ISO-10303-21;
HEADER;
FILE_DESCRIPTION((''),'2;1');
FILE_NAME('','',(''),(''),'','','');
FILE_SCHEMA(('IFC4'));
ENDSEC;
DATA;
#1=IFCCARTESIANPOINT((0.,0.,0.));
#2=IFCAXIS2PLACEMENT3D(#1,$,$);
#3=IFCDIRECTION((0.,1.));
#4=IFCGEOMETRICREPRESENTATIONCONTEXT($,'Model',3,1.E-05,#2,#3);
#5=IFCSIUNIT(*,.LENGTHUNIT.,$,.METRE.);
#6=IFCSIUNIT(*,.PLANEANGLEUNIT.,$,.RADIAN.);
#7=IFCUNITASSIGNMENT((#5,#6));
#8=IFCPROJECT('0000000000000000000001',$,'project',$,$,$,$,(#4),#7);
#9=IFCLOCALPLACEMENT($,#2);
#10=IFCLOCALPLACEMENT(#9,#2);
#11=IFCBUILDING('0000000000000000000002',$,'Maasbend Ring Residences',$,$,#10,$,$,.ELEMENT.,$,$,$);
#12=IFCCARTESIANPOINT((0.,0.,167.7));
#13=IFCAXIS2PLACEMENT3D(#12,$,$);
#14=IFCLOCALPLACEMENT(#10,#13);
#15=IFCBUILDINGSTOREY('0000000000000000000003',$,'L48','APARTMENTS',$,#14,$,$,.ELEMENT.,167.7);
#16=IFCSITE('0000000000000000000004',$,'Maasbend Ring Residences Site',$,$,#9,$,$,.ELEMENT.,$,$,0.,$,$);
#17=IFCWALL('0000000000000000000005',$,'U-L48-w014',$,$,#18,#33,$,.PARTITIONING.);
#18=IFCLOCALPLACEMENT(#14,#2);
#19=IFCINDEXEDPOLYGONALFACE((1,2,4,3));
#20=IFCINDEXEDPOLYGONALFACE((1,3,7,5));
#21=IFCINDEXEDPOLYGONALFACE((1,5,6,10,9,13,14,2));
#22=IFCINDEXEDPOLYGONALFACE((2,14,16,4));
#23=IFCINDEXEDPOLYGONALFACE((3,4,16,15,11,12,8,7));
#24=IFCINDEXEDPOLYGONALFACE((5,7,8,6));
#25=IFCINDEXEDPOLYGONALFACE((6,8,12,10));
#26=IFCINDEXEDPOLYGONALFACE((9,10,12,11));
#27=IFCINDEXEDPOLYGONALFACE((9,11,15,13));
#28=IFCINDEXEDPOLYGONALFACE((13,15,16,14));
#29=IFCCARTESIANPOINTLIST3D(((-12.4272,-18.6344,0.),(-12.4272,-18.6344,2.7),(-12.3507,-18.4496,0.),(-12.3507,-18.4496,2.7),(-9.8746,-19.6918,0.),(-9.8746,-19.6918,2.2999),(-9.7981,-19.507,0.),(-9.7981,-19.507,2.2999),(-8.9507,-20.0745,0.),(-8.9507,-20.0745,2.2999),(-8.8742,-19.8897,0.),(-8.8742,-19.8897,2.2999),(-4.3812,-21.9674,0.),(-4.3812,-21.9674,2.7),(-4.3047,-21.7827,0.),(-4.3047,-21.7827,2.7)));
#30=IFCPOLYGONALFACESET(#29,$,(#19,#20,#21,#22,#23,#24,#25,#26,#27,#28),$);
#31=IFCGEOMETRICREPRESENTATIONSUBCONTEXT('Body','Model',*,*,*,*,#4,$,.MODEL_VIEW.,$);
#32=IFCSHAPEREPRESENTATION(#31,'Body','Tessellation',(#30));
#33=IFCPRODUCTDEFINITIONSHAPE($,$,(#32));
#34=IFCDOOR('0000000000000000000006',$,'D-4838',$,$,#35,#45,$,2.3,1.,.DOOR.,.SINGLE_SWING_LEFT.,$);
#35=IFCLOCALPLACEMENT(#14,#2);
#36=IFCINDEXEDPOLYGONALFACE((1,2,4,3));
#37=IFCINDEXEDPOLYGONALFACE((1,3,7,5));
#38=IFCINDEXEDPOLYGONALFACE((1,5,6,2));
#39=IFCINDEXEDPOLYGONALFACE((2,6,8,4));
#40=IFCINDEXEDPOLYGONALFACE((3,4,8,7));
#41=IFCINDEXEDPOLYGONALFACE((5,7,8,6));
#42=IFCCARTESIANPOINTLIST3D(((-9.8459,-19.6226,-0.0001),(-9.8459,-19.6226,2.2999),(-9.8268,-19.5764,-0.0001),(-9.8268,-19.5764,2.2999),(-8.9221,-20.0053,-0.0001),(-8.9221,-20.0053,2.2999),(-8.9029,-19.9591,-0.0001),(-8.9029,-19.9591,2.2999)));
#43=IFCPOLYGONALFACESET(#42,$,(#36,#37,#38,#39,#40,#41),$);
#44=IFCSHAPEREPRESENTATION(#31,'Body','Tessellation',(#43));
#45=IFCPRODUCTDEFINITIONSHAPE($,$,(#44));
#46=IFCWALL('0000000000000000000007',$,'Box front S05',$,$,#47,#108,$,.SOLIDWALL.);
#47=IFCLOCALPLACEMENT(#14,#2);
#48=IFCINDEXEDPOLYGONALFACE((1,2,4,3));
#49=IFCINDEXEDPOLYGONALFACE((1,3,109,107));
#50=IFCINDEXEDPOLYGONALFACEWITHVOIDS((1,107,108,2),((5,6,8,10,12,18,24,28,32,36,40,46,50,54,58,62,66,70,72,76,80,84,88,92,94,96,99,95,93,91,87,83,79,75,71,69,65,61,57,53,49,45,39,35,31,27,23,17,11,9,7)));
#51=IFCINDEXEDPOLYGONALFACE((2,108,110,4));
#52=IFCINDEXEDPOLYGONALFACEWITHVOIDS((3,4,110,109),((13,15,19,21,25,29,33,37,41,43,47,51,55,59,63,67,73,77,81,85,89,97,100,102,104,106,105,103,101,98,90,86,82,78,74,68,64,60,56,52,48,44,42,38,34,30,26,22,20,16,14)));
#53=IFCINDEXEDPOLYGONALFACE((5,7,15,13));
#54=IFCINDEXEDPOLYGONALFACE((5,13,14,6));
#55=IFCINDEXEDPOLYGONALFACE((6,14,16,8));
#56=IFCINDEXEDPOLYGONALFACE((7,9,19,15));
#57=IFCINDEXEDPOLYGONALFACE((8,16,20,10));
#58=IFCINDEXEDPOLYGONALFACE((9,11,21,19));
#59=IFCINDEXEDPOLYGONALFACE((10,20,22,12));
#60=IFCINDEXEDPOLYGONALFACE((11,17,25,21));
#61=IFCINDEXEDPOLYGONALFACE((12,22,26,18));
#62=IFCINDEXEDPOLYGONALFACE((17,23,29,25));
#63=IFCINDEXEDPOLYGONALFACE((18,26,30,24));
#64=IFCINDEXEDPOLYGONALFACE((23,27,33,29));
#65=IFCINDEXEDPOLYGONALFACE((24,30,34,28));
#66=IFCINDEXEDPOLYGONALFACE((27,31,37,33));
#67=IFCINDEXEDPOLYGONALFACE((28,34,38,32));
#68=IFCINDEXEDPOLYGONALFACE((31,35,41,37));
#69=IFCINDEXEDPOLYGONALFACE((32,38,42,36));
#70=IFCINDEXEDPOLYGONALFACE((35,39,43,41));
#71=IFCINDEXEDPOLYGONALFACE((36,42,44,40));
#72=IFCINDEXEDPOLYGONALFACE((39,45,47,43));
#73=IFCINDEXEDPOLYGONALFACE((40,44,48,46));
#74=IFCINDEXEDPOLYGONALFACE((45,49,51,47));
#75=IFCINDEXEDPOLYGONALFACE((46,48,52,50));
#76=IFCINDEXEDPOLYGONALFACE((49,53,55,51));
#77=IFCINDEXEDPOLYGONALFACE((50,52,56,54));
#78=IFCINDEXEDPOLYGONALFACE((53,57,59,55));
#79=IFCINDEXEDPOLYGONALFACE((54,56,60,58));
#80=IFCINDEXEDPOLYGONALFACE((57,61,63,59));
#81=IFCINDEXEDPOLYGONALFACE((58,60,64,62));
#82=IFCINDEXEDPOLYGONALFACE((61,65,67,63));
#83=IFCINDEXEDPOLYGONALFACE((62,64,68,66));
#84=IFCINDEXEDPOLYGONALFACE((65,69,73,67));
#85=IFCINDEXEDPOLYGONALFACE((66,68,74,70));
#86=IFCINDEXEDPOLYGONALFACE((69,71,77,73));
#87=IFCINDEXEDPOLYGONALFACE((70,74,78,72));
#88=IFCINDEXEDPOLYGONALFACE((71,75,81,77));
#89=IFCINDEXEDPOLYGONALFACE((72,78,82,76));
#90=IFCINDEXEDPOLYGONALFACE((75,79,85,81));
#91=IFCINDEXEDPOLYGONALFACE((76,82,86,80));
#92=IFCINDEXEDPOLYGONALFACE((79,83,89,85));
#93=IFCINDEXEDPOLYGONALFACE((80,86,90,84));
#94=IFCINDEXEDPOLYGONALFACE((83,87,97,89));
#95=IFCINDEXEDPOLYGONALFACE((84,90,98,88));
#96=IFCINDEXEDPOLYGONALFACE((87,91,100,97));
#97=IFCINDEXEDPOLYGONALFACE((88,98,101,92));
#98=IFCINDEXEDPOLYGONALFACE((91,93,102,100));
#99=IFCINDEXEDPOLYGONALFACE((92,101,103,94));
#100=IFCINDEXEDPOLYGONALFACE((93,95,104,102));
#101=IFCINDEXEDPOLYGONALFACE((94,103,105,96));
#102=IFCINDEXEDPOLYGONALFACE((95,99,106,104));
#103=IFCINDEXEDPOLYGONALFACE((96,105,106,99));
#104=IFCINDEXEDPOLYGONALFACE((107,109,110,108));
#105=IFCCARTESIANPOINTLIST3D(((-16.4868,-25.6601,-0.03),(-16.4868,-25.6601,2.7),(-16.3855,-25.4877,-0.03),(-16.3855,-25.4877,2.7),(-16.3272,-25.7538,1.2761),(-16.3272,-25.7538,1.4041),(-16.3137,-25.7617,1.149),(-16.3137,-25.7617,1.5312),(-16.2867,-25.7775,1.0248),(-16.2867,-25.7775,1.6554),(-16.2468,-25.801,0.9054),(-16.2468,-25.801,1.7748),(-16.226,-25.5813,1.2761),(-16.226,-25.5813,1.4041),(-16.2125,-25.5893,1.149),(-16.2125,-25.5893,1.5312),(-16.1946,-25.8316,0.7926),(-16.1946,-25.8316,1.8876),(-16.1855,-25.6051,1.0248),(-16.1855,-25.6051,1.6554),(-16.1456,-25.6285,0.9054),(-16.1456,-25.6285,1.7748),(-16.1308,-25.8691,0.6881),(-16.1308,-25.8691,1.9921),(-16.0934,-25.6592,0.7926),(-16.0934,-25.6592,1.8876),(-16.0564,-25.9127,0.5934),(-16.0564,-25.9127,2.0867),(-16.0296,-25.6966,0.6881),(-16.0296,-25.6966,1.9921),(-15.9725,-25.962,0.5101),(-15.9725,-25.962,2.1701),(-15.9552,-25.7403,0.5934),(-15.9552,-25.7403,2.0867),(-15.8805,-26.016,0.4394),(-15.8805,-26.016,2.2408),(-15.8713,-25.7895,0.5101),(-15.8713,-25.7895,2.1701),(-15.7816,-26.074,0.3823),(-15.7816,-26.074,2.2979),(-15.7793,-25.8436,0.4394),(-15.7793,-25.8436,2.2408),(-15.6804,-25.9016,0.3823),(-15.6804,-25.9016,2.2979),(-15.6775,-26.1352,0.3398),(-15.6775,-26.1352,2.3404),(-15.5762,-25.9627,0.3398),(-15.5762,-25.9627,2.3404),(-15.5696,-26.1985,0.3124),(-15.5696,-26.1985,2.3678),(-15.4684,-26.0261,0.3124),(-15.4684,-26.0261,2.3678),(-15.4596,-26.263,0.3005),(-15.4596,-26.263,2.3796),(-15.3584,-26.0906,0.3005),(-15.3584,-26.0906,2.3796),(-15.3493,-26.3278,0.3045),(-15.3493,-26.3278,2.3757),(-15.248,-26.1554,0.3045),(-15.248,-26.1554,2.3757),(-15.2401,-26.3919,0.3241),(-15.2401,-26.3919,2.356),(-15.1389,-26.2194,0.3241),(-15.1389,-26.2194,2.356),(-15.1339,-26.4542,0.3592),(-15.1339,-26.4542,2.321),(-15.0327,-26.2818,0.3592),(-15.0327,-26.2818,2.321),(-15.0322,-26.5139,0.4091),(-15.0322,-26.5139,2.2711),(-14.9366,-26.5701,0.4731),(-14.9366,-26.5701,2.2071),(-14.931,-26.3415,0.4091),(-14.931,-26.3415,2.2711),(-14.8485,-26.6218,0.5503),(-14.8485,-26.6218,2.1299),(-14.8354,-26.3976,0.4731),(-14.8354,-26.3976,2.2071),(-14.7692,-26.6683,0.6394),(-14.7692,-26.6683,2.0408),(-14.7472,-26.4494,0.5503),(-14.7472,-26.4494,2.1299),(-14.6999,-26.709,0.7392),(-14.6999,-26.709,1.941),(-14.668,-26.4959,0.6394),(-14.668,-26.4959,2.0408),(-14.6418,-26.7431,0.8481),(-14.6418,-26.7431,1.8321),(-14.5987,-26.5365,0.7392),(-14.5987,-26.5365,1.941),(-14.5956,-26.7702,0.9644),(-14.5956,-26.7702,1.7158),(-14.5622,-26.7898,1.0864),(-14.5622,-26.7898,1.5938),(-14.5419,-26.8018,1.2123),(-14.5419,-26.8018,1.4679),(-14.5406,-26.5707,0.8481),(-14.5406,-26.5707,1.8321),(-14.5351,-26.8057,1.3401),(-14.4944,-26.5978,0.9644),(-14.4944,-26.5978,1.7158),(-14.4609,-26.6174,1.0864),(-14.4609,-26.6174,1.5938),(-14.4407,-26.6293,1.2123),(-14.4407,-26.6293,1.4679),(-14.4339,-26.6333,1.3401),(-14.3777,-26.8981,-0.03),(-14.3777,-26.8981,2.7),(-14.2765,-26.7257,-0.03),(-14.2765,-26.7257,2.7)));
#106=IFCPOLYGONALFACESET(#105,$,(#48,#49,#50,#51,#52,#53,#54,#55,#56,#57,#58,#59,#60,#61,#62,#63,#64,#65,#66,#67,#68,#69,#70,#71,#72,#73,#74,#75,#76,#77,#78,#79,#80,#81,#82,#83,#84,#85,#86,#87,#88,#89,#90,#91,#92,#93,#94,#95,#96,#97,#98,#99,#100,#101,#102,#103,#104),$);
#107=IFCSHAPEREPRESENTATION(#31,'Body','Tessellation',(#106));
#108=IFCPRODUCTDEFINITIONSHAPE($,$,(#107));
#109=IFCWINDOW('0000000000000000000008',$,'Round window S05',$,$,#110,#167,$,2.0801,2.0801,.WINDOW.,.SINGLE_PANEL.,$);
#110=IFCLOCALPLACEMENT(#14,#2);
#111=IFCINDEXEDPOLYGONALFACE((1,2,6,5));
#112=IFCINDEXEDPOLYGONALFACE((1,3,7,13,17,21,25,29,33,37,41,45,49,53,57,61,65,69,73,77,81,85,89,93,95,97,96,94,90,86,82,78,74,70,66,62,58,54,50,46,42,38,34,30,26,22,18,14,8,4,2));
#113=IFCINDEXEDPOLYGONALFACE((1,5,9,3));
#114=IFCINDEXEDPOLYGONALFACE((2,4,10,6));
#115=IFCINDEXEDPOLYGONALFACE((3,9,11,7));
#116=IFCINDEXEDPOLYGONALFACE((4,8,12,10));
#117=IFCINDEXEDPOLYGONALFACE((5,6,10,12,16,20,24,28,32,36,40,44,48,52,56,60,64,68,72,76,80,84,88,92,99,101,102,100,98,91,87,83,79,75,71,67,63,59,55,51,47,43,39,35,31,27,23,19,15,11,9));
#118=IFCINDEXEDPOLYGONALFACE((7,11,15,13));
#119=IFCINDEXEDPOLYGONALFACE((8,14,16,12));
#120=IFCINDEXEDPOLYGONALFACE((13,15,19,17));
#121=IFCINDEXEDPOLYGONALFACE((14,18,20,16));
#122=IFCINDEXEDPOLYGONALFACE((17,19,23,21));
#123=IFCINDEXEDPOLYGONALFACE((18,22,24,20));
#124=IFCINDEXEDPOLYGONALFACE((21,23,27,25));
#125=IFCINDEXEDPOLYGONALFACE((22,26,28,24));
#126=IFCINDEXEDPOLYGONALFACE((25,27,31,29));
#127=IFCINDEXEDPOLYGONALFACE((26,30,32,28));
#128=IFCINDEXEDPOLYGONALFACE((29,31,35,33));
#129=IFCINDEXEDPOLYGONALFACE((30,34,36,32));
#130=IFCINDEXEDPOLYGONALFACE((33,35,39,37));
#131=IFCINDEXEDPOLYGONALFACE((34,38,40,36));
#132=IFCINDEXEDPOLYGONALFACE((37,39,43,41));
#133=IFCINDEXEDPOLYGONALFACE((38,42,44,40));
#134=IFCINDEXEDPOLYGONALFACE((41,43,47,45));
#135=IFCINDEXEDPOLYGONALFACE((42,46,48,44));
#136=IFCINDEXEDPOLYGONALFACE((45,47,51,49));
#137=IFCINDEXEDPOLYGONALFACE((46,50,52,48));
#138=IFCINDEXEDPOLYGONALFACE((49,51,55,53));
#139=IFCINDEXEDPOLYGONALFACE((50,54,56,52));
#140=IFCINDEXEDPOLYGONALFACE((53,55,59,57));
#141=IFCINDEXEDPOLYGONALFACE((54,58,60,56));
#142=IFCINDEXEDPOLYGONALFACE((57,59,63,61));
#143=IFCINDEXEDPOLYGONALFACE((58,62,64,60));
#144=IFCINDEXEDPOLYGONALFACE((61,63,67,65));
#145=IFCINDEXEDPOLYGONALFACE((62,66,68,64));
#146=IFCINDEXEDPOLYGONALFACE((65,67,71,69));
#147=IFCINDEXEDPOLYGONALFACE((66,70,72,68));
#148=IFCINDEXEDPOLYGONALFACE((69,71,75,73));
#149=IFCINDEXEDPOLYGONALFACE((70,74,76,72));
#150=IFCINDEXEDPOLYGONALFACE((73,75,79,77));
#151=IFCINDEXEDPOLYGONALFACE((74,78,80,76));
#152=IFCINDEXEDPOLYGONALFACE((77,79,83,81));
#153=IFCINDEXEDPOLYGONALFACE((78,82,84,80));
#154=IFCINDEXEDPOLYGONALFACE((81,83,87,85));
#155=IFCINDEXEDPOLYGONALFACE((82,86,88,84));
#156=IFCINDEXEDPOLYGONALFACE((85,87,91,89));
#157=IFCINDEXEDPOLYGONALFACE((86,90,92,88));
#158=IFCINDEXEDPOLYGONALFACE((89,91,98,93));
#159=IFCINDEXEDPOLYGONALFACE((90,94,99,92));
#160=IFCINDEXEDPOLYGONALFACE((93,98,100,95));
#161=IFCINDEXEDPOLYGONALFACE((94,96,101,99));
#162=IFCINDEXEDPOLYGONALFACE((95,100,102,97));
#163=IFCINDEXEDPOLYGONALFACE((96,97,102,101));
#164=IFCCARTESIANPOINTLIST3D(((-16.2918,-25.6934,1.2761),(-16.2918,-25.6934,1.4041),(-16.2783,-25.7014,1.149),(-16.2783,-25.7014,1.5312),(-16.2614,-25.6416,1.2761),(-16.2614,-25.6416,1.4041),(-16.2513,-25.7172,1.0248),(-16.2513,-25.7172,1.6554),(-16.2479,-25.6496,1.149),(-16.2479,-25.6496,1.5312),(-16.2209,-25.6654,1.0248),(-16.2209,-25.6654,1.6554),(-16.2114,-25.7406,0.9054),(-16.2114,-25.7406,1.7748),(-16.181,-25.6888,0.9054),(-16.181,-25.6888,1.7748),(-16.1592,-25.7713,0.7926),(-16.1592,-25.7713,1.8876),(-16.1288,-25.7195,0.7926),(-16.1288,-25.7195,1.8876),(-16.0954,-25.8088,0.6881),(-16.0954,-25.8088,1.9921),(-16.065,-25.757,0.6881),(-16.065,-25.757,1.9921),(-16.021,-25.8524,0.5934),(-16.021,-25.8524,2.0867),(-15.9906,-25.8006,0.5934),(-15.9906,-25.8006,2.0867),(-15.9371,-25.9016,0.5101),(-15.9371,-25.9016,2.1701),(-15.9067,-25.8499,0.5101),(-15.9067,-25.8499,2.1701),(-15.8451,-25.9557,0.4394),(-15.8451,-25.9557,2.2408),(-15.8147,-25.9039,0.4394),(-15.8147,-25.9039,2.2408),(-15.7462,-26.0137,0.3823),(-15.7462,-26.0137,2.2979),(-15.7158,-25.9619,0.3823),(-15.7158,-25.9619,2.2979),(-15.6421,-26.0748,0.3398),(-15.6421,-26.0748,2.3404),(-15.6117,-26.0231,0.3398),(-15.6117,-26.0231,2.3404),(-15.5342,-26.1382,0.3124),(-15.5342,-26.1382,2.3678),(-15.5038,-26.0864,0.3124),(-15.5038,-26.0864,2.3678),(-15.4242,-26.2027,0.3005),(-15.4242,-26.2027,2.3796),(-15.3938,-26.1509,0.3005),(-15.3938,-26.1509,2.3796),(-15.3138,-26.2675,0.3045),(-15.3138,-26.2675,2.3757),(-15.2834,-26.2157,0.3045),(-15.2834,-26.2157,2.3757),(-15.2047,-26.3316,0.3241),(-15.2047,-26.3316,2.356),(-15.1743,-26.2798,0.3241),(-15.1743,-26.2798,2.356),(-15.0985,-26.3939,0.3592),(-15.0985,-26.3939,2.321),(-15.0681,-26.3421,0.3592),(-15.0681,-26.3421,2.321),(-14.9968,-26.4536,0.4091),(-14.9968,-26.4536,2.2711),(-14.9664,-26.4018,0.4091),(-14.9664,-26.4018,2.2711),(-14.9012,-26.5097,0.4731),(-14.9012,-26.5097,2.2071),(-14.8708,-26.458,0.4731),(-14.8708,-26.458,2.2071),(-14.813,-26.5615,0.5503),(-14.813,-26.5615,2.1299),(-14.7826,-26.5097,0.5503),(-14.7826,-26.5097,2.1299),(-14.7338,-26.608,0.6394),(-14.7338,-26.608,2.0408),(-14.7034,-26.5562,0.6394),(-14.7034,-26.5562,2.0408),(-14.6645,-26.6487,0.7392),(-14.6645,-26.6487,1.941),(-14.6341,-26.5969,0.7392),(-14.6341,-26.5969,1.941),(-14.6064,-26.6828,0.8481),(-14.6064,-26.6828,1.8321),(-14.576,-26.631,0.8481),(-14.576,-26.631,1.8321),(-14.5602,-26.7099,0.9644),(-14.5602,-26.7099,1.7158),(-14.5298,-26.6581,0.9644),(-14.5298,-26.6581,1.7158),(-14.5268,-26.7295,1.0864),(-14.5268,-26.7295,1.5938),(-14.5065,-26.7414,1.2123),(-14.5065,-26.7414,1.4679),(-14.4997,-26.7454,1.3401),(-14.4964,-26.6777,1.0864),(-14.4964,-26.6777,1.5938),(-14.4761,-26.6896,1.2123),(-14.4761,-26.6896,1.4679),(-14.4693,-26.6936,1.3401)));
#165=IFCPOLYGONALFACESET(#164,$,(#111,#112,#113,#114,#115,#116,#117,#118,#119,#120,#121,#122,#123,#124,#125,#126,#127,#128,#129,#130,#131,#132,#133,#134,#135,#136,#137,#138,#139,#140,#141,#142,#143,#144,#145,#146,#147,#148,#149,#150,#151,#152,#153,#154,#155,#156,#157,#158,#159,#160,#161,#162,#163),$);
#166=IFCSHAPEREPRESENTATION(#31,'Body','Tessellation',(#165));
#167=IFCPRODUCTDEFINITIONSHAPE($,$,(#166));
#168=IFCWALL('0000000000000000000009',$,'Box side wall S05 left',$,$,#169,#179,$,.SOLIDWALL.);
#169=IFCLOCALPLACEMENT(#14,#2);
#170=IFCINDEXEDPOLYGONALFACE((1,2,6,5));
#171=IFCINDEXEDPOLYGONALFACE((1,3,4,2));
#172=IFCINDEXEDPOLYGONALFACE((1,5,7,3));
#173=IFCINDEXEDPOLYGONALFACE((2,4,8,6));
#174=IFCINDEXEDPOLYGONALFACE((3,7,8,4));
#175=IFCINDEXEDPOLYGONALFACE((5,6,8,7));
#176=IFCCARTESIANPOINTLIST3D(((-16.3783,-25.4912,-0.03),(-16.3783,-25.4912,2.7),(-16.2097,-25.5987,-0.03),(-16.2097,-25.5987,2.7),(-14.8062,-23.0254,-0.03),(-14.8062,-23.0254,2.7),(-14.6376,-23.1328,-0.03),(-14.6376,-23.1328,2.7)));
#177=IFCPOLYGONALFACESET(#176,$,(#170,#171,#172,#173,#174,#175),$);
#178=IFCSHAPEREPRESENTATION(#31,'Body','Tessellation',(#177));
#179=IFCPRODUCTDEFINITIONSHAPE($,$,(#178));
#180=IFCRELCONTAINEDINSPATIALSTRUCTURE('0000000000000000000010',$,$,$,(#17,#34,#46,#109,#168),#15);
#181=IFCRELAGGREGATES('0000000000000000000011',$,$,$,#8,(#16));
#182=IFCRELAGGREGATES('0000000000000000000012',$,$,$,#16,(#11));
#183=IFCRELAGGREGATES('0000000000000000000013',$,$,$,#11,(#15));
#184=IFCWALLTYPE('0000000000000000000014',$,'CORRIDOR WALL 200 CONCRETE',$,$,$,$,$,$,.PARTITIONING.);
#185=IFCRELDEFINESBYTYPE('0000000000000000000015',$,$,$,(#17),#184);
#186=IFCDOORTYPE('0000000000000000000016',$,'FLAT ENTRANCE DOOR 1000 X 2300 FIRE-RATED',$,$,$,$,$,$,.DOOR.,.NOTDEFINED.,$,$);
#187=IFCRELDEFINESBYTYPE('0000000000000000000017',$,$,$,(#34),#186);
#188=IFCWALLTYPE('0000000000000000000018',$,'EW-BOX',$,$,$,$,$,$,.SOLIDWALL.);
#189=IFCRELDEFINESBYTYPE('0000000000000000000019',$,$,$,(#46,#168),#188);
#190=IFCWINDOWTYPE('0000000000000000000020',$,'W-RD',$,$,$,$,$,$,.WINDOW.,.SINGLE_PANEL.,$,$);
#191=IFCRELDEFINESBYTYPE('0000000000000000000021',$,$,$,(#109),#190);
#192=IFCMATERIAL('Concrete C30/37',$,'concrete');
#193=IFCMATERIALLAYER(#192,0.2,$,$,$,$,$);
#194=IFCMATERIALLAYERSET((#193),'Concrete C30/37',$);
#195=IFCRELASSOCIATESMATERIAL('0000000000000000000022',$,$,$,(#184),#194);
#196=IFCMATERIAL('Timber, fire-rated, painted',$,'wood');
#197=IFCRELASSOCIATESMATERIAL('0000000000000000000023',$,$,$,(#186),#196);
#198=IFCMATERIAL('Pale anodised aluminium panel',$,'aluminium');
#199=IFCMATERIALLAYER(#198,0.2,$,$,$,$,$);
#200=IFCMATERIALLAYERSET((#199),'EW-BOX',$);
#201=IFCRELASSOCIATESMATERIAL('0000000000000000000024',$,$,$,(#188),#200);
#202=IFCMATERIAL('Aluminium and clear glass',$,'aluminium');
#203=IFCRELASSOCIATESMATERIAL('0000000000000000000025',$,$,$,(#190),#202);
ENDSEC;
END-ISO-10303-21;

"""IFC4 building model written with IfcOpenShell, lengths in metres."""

from ifc_helpers import new_model, si_unit, direction, frame, frame_2d, origin, place, context, subcontext, project, spatial, rectangle, circle, extrude, material, layer, layer_set, type_object, element, fill, save


model = new_model("IFC4")

# Units and contexts
model_context = context("Model", 3, precision=1e-05, world=origin(), true_north=direction((0.0, 1.0)))
body_context = subcontext(model_context, "Body", "Model", "MODEL_VIEW")
ifc_project = project(units=[si_unit("LENGTHUNIT", "METRE"), si_unit("PLANEANGLEUNIT", "RADIAN")], contexts=[model_context])

# Site, building, storey
site_placement = place(None, origin())
site = spatial("IfcSite", under=ifc_project, at=site_placement, Name="Maasbend Ring Residences Site", CompositionType="ELEMENT", RefElevation=0.0)
building_placement = place(site_placement, origin())
building = spatial("IfcBuilding", under=site, at=building_placement, Name="Maasbend Ring Residences", CompositionType="ELEMENT")
storey_placement = place(building_placement, frame((0.0, 0.0, 167.7)))
storey = spatial("IfcBuildingStorey", under=building, at=storey_placement, Name="L48", Description="APARTMENTS", CompositionType="ELEMENT", Elevation=167.7)

# Wall, opening, door
ifc_material_1 = material(Name="Concrete C30/37", Category="concrete")
ifc_layer_1 = layer(ifc_material_1, 0.2)
ifc_layer_set_1 = layer_set([ifc_layer_1], Name="Concrete C30/37")
wall_type_1 = type_object("IfcWallType", Name="CORRIDOR WALL 200 CONCRETE", PredefinedType="PARTITIONING", material=ifc_layer_set_1)
wall_1_placement = place(storey_placement, frame((-12.3889, -18.542, 0.0), z_axis=(0.0, 0.0, 1.0), x_axis=(0.923868, -0.382712, 0.0)))
wall_1 = element("IfcWall", 1, at=wall_1_placement, inside=storey, type_object=wall_type_1, Name="U-L48-w014", PredefinedType="PARTITIONING", context=body_context, shape_type="SweptSolid", body=[
    extrude(rectangle(XDim=8.709, YDim=0.2, at=frame_2d((4.3545, 0.0))), origin(), (0.0, 0.0, 1.0), 2.7),
])
opening_1_placement = place(wall_1_placement, frame((2.7629, 0.0, 0.0)))
opening_1 = element("IfcOpeningElement", 2, at=opening_1_placement, cuts=wall_1, PredefinedType="OPENING", context=body_context, shape_type="SweptSolid", body=[
    extrude(rectangle(XDim=1.0, YDim=2.3, at=frame_2d((0.5, 1.1499))), frame((0.0, 0.1099, 0.0), z_axis=(0.0, -1.0, 0.0), x_axis=(1.0, 0.0, 0.0)), (0.0, 0.0, 1.0), 0.22),
])
ifc_material_2 = material(Name="Timber, fire-rated, painted", Category="wood")
door_type_1 = type_object("IfcDoorType", Name="FLAT ENTRANCE DOOR 1000 X 2300 FIRE-RATED", OperationType="NOTDEFINED", PredefinedType="DOOR", material=ifc_material_2)
door_1_placement = place(opening_1_placement, origin())
door_1 = element("IfcDoor", 3, at=door_1_placement, inside=storey, type_object=door_type_1, Name="D-4838", OperationType="SINGLE_SWING_LEFT", OverallHeight=2.3, OverallWidth=1.0, PredefinedType="DOOR", context=body_context, shape_type="SweptSolid", body=[
    extrude(rectangle(XDim=1.0, YDim=2.3, at=frame_2d((0.5, 1.1499))), frame((0.0, 0.0249, 0.0), z_axis=(0.0, -1.0, 0.0), x_axis=(1.0, 0.0, 0.0)), (0.0, 0.0, 1.0), 0.05),
])
fill(opening_1, door_1)

# Wall, opening, window
ifc_material_3 = material(Name="Pale anodised aluminium panel", Category="aluminium")
ifc_layer_2 = layer(ifc_material_3, 0.2)
ifc_layer_set_2 = layer_set([ifc_layer_2], Name="EW-BOX")
wall_type_2 = type_object("IfcWallType", Name="EW-BOX", PredefinedType="SOLIDWALL", material=ifc_layer_set_2)
wall_2_placement = place(storey_placement, frame((-16.436, -25.574, -0.03), z_axis=(0.0, 0.0, 1.0), x_axis=(0.862403, -0.506222, 0.0)))
wall_2 = element("IfcWall", 4, at=wall_2_placement, inside=storey, type_object=wall_type_2, Name="Box front S05", PredefinedType="SOLIDWALL", context=body_context, shape_type="SweptSolid", body=[
    extrude(rectangle(XDim=2.4456, YDim=0.2, at=frame_2d((1.2227, 0.0))), origin(), (0.0, 0.0, 1.0), 2.73),
])
opening_2_placement = place(wall_2_placement, frame((0.1829, 0.0, 0.3301)))
opening_2 = element("IfcOpeningElement", 5, at=opening_2_placement, cuts=wall_2, PredefinedType="OPENING", context=body_context, shape_type="SweptSolid", body=[
    extrude(circle(Radius=1.04, at=frame_2d((1.04, 1.04))), frame((0.0, 0.1099, 0.0), z_axis=(0.0, -1.0, 0.0), x_axis=(1.0, 0.0, 0.0)), (0.0, 0.0, 1.0), 0.22),
])
ifc_material_4 = material(Name="Aluminium and clear glass", Category="aluminium")
window_type_1 = type_object("IfcWindowType", Name="W-RD", PartitioningType="SINGLE_PANEL", PredefinedType="WINDOW", material=ifc_material_4)
window_1_placement = place(opening_2_placement, origin())
window_1 = element("IfcWindow", 6, at=window_1_placement, inside=storey, type_object=window_type_1, Name="Round window S05", OverallHeight=2.0801, OverallWidth=2.0801, PartitioningType="SINGLE_PANEL", PredefinedType="WINDOW", context=body_context, shape_type="SweptSolid", body=[
    extrude(circle(Radius=1.04, at=frame_2d((1.04, 1.04))), frame((0.0, 0.03, 0.0), z_axis=(0.0, -1.0, 0.0), x_axis=(1.0, 0.0, 0.0)), (0.0, 0.0, 1.0), 0.0601),
])
fill(opening_2, window_1)

# Wall
wall_3_placement = place(storey_placement, frame((-14.7219, -23.0791, -0.03), z_axis=(0.0, 0.0, 1.0), x_axis=(-0.537572, -0.843218, 0.0)))
element("IfcWall", 7, at=wall_3_placement, inside=storey, type_object=wall_type_2, Name="Box side wall S05 left", PredefinedType="SOLIDWALL", context=body_context, shape_type="SweptSolid", body=[
    extrude(rectangle(XDim=2.9243, YDim=0.2, at=frame_2d((1.4622, 0.0))), origin(), (0.0, 0.0, 1.0), 2.73),
])

save(model, "model.ifc")
